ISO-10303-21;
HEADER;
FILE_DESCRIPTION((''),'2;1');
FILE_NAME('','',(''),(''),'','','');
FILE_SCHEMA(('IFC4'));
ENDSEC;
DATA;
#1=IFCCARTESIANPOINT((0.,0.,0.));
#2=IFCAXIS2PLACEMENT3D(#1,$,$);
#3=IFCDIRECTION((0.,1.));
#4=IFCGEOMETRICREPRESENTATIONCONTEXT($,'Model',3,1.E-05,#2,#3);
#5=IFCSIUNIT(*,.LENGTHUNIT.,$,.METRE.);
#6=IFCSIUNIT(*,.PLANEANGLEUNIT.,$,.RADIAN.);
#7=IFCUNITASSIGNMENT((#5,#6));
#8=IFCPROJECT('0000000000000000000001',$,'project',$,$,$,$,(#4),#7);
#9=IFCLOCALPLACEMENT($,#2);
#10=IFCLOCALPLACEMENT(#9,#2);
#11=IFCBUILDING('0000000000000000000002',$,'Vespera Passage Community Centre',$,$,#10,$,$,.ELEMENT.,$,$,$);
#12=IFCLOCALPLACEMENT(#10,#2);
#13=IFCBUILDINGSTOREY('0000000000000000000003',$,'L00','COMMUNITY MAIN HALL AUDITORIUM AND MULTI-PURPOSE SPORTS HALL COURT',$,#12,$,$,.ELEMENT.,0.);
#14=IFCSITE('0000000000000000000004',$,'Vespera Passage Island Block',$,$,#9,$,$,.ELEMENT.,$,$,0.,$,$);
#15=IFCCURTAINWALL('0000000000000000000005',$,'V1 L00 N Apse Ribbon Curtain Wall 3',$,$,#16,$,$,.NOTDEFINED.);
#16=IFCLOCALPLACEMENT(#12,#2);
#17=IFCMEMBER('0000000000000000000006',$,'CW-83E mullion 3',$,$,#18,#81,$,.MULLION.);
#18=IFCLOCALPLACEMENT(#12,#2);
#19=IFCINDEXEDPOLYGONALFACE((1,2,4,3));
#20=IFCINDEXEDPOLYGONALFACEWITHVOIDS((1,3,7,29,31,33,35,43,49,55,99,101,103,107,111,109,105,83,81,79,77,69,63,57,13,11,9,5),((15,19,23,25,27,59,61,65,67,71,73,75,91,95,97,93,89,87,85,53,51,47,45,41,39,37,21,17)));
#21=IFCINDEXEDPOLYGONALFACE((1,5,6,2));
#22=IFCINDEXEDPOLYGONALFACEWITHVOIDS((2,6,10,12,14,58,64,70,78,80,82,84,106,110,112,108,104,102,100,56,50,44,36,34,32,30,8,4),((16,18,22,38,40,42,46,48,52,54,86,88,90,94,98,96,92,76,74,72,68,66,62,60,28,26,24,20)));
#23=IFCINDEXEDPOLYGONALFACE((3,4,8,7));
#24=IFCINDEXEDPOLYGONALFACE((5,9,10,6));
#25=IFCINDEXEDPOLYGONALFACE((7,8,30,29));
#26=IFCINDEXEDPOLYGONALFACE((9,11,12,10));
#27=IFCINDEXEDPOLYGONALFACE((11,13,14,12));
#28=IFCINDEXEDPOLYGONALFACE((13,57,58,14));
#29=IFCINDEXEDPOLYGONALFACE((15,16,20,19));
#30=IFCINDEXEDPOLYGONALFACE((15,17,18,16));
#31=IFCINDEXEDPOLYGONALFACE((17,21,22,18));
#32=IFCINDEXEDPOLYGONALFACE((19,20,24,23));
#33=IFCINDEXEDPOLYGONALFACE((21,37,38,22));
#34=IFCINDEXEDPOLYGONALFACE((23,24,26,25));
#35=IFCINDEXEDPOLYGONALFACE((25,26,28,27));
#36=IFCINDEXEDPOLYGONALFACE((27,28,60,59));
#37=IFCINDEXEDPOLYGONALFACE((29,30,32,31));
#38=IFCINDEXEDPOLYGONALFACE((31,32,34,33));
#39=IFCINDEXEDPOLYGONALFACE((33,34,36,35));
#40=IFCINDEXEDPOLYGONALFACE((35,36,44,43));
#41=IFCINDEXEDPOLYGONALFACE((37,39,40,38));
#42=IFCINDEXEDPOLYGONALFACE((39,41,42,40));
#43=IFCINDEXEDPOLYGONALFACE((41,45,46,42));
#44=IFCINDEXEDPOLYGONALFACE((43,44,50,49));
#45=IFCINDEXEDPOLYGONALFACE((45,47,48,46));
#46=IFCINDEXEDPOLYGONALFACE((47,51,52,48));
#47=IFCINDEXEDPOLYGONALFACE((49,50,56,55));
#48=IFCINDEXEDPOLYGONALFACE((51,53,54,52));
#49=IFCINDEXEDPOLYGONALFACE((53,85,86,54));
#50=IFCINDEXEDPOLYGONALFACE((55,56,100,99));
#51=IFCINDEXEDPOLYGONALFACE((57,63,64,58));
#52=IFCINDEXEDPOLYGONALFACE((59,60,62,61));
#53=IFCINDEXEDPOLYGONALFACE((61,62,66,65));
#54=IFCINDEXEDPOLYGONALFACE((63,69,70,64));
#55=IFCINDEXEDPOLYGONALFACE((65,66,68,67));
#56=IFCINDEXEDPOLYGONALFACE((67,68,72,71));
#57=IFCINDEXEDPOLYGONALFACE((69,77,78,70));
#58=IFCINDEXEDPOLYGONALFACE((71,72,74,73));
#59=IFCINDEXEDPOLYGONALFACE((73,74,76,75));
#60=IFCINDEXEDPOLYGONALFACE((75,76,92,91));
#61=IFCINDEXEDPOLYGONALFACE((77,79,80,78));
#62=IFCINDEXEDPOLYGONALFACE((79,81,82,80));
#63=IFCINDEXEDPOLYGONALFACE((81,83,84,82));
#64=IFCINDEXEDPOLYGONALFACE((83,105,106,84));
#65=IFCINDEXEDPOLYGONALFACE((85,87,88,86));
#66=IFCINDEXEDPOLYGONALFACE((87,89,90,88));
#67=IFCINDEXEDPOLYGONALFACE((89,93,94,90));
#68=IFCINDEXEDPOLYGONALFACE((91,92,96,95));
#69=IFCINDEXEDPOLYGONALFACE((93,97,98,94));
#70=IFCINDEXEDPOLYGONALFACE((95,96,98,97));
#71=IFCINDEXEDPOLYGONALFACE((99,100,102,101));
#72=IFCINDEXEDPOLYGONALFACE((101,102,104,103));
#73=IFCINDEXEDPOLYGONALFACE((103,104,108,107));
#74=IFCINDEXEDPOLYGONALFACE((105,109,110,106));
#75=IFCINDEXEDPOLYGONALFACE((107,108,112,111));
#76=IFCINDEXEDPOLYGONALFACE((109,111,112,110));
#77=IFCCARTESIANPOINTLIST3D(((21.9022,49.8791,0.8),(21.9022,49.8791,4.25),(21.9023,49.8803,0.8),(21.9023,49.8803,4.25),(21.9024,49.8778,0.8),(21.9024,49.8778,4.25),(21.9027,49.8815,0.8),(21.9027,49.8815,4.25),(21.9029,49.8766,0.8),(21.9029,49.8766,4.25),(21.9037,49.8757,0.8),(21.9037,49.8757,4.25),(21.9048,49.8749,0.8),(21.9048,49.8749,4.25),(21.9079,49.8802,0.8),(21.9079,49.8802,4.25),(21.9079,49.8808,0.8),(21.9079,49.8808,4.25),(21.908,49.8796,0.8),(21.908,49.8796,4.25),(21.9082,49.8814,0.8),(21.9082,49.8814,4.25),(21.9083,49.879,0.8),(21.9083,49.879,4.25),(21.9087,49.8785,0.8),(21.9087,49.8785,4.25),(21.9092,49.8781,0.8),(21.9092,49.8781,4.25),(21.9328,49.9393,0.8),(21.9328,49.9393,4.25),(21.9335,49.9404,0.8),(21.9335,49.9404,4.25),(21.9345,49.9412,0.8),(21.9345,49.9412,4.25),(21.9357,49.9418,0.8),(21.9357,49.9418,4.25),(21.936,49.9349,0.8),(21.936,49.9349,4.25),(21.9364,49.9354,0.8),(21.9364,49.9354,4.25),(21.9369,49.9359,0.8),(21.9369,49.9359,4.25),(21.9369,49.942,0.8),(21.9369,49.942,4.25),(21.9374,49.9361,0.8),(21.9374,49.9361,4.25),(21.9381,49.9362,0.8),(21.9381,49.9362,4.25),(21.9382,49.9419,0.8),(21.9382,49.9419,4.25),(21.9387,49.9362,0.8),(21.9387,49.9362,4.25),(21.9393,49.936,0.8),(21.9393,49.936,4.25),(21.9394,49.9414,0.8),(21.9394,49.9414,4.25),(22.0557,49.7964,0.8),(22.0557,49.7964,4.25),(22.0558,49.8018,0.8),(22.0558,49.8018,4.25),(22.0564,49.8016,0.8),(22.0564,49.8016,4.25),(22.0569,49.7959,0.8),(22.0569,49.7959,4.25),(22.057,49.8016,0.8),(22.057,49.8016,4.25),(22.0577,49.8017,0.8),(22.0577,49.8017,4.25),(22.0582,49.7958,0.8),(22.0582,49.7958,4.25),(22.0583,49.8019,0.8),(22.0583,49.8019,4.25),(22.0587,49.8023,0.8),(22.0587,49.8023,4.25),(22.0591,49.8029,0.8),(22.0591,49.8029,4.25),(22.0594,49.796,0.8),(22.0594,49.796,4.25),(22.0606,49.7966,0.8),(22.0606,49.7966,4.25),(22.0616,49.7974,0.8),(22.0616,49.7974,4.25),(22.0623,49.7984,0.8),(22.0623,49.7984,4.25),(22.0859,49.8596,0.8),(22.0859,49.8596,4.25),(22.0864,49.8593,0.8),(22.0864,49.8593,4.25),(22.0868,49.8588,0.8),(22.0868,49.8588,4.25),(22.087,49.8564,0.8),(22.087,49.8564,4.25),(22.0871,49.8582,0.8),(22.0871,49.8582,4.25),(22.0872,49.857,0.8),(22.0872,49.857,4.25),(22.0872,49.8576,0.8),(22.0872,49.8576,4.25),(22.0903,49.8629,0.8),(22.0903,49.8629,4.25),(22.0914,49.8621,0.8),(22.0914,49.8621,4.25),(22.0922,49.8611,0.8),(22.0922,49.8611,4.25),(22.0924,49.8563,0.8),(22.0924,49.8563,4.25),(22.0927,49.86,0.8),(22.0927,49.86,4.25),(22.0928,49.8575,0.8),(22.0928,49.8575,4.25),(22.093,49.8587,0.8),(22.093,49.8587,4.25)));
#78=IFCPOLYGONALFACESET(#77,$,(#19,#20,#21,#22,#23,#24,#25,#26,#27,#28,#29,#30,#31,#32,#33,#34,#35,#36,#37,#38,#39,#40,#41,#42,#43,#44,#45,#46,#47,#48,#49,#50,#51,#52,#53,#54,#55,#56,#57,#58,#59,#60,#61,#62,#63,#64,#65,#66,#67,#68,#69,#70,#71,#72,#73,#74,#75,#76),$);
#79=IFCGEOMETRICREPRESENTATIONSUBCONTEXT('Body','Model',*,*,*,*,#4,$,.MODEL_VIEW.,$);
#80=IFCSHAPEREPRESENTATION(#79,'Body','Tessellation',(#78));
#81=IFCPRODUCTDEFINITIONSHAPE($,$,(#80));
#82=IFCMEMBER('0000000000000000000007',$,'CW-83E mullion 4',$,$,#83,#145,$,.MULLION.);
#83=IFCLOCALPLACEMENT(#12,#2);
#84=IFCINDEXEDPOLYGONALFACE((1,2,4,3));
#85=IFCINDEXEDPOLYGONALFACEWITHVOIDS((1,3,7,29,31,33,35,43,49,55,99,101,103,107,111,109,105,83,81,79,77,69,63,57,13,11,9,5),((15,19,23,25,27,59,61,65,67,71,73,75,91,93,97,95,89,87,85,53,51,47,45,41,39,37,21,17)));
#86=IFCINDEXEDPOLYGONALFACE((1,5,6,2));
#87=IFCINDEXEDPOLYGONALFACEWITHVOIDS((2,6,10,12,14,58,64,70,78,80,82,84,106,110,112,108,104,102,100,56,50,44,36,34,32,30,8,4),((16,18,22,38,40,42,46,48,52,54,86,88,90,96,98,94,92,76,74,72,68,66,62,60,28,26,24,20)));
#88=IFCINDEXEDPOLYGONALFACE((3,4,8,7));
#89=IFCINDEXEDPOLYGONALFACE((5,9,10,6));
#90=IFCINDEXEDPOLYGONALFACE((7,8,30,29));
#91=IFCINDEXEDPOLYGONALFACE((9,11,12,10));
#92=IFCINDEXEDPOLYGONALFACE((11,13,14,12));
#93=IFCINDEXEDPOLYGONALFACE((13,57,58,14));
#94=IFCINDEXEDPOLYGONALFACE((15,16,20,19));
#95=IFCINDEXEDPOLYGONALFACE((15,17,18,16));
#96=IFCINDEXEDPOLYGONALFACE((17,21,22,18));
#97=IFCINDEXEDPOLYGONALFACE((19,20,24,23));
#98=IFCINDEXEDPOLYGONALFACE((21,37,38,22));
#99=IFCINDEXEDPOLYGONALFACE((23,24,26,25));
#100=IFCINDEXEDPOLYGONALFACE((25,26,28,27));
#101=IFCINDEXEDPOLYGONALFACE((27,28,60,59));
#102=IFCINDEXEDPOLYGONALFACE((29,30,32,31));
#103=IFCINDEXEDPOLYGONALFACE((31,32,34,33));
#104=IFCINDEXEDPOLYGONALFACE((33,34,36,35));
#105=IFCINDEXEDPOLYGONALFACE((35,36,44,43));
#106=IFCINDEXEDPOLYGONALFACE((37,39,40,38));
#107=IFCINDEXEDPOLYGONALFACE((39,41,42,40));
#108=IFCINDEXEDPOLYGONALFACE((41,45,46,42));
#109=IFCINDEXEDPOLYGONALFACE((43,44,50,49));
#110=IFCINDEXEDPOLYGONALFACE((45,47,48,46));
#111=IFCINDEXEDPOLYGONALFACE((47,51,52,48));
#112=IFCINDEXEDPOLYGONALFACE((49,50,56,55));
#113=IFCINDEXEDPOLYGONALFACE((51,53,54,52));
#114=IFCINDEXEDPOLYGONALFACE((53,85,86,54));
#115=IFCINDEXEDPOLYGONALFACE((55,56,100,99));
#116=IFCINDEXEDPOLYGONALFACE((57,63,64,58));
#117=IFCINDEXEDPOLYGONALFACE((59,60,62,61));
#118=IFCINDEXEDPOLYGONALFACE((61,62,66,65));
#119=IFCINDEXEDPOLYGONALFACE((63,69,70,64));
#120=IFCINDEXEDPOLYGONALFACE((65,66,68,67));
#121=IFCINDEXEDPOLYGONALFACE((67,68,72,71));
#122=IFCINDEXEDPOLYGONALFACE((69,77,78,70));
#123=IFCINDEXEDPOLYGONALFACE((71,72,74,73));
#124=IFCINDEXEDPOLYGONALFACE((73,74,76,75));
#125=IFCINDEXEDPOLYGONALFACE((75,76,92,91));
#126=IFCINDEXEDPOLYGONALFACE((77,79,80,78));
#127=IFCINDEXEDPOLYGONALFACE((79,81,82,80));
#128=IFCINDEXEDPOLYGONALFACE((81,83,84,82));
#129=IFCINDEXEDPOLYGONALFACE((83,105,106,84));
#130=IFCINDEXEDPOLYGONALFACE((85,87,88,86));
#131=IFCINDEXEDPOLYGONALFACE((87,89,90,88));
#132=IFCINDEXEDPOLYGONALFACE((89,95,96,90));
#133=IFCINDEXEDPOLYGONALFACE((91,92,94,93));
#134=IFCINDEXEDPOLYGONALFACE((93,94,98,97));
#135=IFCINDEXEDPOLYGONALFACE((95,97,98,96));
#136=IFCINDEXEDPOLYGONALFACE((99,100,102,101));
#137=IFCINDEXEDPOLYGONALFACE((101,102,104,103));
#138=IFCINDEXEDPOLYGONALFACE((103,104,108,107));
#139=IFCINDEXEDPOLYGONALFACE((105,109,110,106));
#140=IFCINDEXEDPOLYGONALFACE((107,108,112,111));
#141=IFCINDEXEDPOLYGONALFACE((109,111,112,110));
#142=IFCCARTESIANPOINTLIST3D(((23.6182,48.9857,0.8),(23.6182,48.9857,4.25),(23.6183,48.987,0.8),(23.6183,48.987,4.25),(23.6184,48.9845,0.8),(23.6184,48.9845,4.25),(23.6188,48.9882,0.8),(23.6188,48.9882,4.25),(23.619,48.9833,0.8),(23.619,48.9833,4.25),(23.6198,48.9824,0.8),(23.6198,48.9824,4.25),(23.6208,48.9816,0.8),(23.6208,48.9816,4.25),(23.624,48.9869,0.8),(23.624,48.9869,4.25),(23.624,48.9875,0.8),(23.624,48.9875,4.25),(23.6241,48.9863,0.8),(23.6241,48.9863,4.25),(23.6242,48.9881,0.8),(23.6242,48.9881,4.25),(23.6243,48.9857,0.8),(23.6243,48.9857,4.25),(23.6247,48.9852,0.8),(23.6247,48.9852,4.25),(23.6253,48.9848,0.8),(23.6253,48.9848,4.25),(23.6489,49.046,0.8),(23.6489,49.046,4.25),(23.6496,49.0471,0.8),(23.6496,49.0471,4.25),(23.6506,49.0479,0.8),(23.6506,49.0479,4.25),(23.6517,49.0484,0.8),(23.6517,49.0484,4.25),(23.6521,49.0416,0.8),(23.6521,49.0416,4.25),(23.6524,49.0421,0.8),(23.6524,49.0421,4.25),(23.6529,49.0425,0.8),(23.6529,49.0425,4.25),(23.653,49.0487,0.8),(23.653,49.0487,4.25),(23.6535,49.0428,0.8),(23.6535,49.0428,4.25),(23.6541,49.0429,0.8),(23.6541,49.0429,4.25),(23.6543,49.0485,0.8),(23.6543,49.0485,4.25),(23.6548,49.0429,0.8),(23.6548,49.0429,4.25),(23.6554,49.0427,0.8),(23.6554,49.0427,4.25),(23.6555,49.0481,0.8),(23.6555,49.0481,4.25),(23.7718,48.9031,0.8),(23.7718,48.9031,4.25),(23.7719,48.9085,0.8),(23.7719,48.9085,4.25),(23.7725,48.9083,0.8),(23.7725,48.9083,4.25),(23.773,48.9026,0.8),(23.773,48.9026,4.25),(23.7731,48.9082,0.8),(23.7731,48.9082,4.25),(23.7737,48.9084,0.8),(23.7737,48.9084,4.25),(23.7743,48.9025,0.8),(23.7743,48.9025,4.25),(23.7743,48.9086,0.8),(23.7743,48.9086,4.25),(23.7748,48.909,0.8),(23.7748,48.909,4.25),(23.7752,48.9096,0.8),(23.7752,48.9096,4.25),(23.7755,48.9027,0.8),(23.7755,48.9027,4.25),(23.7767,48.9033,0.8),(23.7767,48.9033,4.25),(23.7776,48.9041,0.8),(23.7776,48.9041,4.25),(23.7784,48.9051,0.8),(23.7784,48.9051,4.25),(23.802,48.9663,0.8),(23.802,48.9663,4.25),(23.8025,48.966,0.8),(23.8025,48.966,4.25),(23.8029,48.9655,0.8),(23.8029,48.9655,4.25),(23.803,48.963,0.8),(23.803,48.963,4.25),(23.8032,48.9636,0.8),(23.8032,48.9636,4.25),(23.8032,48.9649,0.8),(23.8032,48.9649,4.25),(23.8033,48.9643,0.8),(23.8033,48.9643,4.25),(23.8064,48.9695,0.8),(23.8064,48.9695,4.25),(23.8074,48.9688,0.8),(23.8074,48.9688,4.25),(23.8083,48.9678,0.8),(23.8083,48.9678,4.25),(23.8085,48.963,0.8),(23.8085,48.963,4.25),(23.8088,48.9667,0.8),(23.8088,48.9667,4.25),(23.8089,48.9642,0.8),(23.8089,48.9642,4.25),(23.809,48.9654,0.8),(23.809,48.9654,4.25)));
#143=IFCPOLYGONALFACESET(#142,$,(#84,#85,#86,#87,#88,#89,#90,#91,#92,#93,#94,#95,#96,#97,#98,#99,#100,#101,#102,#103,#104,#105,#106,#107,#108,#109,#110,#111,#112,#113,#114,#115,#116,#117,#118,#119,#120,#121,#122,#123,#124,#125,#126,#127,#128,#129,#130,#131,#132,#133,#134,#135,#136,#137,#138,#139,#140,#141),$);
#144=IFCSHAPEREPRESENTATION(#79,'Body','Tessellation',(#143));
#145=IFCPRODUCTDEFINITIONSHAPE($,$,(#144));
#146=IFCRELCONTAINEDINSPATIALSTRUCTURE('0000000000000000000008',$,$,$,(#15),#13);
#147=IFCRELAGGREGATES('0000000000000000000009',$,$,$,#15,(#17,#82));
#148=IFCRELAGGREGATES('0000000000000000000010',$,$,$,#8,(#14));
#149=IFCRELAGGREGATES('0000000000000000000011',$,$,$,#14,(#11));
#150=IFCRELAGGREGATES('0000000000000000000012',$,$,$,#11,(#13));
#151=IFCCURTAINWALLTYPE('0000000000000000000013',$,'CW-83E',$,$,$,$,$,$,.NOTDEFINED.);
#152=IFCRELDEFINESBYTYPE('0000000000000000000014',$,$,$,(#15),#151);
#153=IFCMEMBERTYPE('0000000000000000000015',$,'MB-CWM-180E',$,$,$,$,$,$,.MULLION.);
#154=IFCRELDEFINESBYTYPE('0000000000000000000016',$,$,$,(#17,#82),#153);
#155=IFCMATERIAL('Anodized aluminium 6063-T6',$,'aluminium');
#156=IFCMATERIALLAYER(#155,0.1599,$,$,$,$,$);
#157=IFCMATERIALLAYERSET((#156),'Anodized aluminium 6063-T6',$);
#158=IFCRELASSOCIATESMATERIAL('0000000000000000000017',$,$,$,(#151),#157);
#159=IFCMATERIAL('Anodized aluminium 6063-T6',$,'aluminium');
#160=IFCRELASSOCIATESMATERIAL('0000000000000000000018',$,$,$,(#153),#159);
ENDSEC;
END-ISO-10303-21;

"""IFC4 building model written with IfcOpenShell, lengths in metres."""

from ifc_helpers import new_model, si_unit, direction, frame, origin, origin_2d, place, context, subcontext, project, spatial, hollow_rectangle, extrude, material, layer, layer_set, material_profile, profile_set, type_object, element, aggregate, save


model = new_model("IFC4")

# Units and contexts
model_context = context("Model", 3, precision=1e-05, world=origin(), true_north=direction((0.0, 1.0)))
body_context = subcontext(model_context, "Body", "Model", "MODEL_VIEW")
ifc_project = project(units=[si_unit("LENGTHUNIT", "METRE"), si_unit("PLANEANGLEUNIT", "RADIAN")], contexts=[model_context])

# Site, building, storey
site_placement = place(None, origin())
site = spatial("IfcSite", under=ifc_project, at=site_placement, Name="Vespera Passage Island Block", CompositionType="ELEMENT", RefElevation=0.0)
building_placement = place(site_placement, origin())
building = spatial("IfcBuilding", under=site, at=building_placement, Name="Vespera Passage Community Centre", CompositionType="ELEMENT")
storey_placement = place(building_placement, origin())
storey = spatial("IfcBuildingStorey", under=building, at=storey_placement, Name="L00", Description="COMMUNITY MAIN HALL AUDITORIUM AND MULTI-PURPOSE SPORTS HALL COURT", CompositionType="ELEMENT", Elevation=0.0)

# Curtain wall, members
ifc_material_1 = material(Name="Anodized aluminium 6063-T6", Category="aluminium")
ifc_layer_1 = layer(ifc_material_1, 0.1599)
ifc_layer_set_1 = layer_set([ifc_layer_1], Name="Anodized aluminium 6063-T6")
curtain_wall_type = type_object("IfcCurtainWallType", Name="CW-83E", PredefinedType="NOTDEFINED", material=ifc_layer_set_1)
curtain_wall_placement = place(storey_placement, origin())
curtain_wall = element("IfcCurtainWall", 1, at=curtain_wall_placement, inside=storey, type_object=curtain_wall_type, Name="V1 L00 N Apse Ribbon Curtain Wall 3", PredefinedType="NOTDEFINED")
ifc_material_2 = material(Name="Anodized aluminium 6063-T6", Category="aluminium")
ifc_material_profile_1 = material_profile(ifc_material_2, hollow_rectangle(XDim=0.075, YDim=0.1799, WallThickness=0.0049, InnerFilletRadius=0.0024, OuterFilletRadius=0.0049, at=origin_2d()), Name="ALU180X75X5")
ifc_profile_set_1 = profile_set([ifc_material_profile_1], Name="Anodized aluminium 6063-T6")
member_type_1 = type_object("IfcMemberType", Name="MB-CWM-180E", PredefinedType="MULLION", material=ifc_profile_set_1)
member_1_placement = place(storey_placement, frame((21.9976, 49.8689, 0.8), z_axis=(0.0, 0.0, 1.0), x_axis=(0.461745, 0.887013, 0.0)))
member_1 = element("IfcMember", 2, at=member_1_placement, type_object=member_type_1, Name="CW-83E mullion 3", PredefinedType="MULLION", context=body_context, shape_type="SweptSolid", body=[
    extrude(hollow_rectangle(XDim=0.075, YDim=0.1799, WallThickness=0.0049, InnerFilletRadius=0.0024, OuterFilletRadius=0.0049, at=origin_2d()), origin(), (0.0, 0.0, 1.0), 3.45),
])
member_2_placement = place(storey_placement, frame((23.7136, 48.9756, 0.8), z_axis=(0.0, 0.0, 1.0), x_axis=(0.461745, 0.887013, 0.0)))
member_2 = element("IfcMember", 3, at=member_2_placement, type_object=member_type_1, Name="CW-83E mullion 4", PredefinedType="MULLION", context=body_context, shape_type="SweptSolid", body=[
    extrude(hollow_rectangle(XDim=0.075, YDim=0.1799, WallThickness=0.0049, InnerFilletRadius=0.0024, OuterFilletRadius=0.0049, at=origin_2d()), origin(), (0.0, 0.0, 1.0), 3.45),
])
aggregate(curtain_wall, [member_1, member_2])

save(model, "model.ifc")
